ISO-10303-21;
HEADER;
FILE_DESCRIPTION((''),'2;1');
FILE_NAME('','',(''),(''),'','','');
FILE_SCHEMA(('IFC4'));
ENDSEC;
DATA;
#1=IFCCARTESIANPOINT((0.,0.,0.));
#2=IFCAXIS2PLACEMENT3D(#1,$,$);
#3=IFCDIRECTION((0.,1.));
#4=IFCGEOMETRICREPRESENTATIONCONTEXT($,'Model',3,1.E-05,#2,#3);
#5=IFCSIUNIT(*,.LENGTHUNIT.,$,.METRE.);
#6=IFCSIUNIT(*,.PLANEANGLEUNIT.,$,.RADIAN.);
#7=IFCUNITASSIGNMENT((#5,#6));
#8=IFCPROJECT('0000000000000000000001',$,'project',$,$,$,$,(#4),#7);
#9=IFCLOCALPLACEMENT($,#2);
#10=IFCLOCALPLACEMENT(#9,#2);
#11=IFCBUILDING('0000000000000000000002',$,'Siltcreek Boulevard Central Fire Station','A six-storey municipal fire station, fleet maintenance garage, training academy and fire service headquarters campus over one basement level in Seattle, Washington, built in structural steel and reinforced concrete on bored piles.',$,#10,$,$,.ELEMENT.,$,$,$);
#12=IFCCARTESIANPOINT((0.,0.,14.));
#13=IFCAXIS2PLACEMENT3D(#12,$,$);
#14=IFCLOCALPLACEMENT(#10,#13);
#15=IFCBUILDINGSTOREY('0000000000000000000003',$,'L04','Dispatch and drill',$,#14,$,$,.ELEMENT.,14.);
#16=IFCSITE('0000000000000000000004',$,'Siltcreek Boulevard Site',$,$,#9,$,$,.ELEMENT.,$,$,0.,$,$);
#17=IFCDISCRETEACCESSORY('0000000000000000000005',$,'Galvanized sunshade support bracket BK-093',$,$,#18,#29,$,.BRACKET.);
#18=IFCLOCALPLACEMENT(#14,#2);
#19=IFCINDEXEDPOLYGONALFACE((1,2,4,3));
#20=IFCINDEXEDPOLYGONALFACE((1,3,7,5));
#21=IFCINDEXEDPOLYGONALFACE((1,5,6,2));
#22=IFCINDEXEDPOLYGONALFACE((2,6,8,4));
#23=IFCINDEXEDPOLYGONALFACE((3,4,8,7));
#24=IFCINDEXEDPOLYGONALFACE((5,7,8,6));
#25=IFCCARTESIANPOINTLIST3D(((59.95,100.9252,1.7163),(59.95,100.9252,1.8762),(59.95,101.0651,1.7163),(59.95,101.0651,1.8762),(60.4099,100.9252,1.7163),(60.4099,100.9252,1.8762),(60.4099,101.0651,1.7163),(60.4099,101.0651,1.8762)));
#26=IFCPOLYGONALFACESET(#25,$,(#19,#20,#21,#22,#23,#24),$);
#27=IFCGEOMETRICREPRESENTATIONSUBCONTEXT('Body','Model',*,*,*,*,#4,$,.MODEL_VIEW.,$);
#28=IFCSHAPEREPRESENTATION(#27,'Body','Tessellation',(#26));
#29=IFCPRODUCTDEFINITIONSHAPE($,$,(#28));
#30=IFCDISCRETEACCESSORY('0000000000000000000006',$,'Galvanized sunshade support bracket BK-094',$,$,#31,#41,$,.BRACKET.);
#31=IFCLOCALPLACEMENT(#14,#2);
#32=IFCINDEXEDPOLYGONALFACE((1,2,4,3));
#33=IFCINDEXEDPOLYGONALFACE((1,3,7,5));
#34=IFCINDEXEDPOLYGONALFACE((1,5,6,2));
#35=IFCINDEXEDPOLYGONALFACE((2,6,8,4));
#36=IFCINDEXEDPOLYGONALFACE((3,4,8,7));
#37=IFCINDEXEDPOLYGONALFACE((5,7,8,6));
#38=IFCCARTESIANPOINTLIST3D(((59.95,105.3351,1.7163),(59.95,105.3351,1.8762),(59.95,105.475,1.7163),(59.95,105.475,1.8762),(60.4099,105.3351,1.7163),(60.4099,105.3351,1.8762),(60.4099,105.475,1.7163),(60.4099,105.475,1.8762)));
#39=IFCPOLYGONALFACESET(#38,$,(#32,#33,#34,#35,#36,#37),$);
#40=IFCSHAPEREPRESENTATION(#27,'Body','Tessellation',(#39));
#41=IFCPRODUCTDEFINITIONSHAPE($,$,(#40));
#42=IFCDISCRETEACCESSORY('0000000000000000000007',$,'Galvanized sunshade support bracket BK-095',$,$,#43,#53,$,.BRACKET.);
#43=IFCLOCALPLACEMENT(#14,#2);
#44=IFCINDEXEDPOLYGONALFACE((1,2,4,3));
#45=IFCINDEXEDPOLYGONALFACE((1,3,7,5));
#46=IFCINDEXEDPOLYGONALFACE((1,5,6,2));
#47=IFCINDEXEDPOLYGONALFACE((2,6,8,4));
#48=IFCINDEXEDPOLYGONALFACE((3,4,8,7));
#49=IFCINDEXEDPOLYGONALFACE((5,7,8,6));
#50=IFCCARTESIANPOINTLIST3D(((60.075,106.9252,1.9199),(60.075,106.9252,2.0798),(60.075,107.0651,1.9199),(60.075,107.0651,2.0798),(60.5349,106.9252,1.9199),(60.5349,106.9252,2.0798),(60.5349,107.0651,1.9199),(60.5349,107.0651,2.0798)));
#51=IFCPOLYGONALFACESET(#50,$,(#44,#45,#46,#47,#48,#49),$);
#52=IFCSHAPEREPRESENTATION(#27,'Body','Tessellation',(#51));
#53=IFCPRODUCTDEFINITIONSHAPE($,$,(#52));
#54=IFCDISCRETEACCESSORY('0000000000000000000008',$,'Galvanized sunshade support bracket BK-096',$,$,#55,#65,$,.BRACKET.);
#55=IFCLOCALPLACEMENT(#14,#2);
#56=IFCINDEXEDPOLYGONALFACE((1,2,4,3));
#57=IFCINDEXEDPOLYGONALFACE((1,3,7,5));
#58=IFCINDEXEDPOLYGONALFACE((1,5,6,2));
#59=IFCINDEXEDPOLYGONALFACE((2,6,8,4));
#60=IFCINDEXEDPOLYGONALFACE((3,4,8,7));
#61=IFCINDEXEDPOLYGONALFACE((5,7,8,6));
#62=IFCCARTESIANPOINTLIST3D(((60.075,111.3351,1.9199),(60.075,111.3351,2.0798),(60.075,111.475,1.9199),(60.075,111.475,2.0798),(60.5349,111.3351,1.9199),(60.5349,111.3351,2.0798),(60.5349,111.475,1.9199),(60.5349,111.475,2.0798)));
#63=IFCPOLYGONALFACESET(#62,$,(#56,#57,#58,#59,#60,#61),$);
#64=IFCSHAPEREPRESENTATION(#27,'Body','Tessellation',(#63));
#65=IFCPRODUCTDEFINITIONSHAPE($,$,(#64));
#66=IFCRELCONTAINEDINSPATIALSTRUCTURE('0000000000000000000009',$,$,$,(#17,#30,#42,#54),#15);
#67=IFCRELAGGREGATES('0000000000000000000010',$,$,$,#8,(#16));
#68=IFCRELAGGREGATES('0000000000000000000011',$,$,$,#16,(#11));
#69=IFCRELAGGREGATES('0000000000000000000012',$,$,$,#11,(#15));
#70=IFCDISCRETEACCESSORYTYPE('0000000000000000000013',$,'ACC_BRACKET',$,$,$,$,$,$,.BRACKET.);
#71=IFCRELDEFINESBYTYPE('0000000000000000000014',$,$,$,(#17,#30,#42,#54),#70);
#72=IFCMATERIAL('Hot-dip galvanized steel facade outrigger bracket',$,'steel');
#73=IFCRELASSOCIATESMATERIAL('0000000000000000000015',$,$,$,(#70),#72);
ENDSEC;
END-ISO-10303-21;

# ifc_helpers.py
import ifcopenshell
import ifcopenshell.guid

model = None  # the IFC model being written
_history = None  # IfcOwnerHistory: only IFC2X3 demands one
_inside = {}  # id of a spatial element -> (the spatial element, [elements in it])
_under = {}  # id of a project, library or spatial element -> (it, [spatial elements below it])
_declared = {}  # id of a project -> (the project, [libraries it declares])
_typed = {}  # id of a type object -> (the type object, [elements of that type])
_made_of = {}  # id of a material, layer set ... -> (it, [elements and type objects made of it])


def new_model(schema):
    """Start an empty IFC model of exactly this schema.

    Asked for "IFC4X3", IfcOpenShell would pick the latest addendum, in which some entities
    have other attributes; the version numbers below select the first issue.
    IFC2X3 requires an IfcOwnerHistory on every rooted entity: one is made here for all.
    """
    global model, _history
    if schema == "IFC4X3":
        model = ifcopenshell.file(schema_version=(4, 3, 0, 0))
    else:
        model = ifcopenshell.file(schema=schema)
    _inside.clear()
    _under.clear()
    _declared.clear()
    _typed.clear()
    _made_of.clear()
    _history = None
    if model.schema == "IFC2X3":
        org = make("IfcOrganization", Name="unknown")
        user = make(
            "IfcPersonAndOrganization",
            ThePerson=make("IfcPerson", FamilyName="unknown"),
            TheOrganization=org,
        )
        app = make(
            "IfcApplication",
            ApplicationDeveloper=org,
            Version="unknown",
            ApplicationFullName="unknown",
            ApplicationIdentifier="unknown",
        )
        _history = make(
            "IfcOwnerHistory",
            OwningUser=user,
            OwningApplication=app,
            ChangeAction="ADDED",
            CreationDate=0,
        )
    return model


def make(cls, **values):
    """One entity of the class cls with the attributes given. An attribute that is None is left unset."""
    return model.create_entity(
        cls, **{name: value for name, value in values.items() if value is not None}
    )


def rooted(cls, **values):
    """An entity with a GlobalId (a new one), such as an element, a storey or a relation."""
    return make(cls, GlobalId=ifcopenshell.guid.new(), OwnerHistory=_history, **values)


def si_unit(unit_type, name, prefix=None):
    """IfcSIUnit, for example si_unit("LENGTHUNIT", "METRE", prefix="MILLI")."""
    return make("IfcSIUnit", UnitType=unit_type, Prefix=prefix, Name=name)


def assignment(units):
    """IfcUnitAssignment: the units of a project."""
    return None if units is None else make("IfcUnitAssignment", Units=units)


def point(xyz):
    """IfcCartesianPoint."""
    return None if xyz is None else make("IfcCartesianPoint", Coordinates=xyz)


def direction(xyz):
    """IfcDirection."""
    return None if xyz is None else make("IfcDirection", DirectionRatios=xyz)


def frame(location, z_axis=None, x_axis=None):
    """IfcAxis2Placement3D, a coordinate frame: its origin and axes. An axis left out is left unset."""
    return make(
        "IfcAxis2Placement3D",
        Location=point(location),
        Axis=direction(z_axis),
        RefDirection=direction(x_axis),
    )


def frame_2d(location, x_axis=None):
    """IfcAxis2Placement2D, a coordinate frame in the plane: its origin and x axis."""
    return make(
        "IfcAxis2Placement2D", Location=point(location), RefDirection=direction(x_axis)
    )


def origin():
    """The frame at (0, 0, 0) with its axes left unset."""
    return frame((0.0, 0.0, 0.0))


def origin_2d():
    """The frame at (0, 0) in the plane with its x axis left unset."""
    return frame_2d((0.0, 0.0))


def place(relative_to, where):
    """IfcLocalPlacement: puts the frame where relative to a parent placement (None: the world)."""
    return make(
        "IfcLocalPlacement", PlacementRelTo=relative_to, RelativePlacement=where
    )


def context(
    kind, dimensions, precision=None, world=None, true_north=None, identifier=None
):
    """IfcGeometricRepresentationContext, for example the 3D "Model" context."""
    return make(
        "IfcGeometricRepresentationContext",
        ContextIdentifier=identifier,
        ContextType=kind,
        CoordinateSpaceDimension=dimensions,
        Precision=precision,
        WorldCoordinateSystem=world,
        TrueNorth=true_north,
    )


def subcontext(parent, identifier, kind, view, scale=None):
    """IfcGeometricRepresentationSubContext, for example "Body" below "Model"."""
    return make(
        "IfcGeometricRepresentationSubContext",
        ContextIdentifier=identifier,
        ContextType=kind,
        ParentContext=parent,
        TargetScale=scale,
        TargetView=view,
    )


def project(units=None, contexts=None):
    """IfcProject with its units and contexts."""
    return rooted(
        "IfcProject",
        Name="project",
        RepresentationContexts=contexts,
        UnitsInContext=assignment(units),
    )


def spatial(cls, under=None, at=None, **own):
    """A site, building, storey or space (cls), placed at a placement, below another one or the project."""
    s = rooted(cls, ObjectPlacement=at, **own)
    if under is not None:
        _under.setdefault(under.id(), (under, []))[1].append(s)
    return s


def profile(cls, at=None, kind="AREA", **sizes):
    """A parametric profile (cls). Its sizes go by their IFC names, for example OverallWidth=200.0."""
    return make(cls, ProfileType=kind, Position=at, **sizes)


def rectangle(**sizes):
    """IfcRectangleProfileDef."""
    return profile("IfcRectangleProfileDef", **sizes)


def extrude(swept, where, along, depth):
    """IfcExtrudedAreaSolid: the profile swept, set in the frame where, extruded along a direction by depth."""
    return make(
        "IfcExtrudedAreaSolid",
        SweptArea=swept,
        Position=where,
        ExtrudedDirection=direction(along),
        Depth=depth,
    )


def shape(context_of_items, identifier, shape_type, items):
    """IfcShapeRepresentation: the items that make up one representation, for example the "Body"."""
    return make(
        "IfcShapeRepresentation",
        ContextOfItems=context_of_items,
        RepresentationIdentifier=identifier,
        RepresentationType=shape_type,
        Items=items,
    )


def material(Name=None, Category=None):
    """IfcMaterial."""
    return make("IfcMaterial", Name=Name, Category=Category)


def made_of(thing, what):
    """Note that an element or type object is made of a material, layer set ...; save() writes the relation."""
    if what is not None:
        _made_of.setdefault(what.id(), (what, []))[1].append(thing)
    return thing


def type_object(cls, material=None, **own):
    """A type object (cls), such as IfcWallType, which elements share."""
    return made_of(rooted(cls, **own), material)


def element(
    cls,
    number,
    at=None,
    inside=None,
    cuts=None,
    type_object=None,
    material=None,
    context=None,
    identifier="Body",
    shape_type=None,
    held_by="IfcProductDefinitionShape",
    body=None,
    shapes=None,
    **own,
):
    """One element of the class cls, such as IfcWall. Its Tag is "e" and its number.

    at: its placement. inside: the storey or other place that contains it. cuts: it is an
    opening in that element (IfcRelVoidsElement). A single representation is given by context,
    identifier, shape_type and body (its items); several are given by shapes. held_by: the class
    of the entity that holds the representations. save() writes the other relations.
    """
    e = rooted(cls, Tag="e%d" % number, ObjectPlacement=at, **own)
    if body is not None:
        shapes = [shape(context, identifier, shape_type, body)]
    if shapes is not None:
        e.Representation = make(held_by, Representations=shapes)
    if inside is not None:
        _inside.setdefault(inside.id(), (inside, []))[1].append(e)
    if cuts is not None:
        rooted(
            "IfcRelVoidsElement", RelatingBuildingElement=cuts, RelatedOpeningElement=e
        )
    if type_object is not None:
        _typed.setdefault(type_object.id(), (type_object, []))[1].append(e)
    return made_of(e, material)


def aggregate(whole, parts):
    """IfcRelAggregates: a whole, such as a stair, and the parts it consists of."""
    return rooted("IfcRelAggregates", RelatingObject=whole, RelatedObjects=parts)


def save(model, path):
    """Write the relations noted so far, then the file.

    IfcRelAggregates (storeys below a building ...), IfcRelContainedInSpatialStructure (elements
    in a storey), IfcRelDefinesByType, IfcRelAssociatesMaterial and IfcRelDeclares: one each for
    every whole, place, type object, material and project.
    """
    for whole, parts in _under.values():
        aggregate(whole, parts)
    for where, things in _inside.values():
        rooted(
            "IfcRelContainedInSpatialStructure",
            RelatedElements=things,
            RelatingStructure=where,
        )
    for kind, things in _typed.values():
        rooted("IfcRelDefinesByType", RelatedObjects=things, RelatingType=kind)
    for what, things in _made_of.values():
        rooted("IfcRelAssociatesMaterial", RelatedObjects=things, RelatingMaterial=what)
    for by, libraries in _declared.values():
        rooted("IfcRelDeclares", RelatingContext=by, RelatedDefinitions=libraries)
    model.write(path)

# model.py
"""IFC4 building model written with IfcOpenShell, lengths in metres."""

from ifc_helpers import new_model, si_unit, direction, frame, origin, origin_2d, place, context, subcontext, project, spatial, rectangle, extrude, material, type_object, element, save


model = new_model("IFC4")

# Units and contexts
model_context = context("Model", 3, precision=1e-05, world=origin(), true_north=direction((0.0, 1.0)))
body_context = subcontext(model_context, "Body", "Model", "MODEL_VIEW")
ifc_project = project(units=[si_unit("LENGTHUNIT", "METRE"), si_unit("PLANEANGLEUNIT", "RADIAN")], contexts=[model_context])

# Site, building, storey
site_placement = place(None, origin())
site = spatial("IfcSite", under=ifc_project, at=site_placement, Name="Siltcreek Boulevard Site", CompositionType="ELEMENT", RefElevation=0.0)
building_placement = place(site_placement, origin())
building = spatial("IfcBuilding", under=site, at=building_placement, Name="Siltcreek Boulevard Central Fire Station", Description="A six-storey municipal fire station, fleet maintenance garage, training academy and fire service headquarters campus over one basement level in Seattle, Washington, built in structural steel and reinforced concrete on bored piles.", CompositionType="ELEMENT")
storey_placement = place(building_placement, frame((0.0, 0.0, 14.0)))
storey = spatial("IfcBuildingStorey", under=building, at=storey_placement, Name="L04", Description="Dispatch and drill", CompositionType="ELEMENT", Elevation=14.0)

# Discrete accessories
ifc_material_1 = material(Name="Hot-dip galvanized steel facade outrigger bracket", Category="steel")
discrete_accessory_type = type_object("IfcDiscreteAccessoryType", Name="ACC_BRACKET", PredefinedType="BRACKET", material=ifc_material_1)
for number, where, z_axis, x_axis, name in (
    (1, (60.1799, 100.9951, 1.7163), (0.0, 0.0, 1.0), (0.0, 1.0, 0.0), "Galvanized sunshade support bracket BK-093"),
    (2, (60.1799, 105.405, 1.7163), (0.0, 0.0, 1.0), (0.0, 1.0, 0.0), "Galvanized sunshade support bracket BK-094"),
    (3, (60.3049, 106.9951, 1.9199), (0.0, 0.0, 1.0), (0.0, 1.0, 0.0), "Galvanized sunshade support bracket BK-095"),
    (4, (60.3049, 111.405, 1.9199), (0.0, 0.0, 1.0), (0.0, 1.0, 0.0), "Galvanized sunshade support bracket BK-096"),
):
    element("IfcDiscreteAccessory", number, at=place(storey_placement, frame(where, z_axis=z_axis, x_axis=x_axis)), inside=storey, type_object=discrete_accessory_type, Name=name, PredefinedType="BRACKET", context=body_context, shape_type="SweptSolid", body=[
        extrude(rectangle(XDim=0.1399, YDim=0.46, at=origin_2d()), origin(), (0.0, 0.0, 1.0), 0.1599),
    ])

save(model, "model.ifc")
